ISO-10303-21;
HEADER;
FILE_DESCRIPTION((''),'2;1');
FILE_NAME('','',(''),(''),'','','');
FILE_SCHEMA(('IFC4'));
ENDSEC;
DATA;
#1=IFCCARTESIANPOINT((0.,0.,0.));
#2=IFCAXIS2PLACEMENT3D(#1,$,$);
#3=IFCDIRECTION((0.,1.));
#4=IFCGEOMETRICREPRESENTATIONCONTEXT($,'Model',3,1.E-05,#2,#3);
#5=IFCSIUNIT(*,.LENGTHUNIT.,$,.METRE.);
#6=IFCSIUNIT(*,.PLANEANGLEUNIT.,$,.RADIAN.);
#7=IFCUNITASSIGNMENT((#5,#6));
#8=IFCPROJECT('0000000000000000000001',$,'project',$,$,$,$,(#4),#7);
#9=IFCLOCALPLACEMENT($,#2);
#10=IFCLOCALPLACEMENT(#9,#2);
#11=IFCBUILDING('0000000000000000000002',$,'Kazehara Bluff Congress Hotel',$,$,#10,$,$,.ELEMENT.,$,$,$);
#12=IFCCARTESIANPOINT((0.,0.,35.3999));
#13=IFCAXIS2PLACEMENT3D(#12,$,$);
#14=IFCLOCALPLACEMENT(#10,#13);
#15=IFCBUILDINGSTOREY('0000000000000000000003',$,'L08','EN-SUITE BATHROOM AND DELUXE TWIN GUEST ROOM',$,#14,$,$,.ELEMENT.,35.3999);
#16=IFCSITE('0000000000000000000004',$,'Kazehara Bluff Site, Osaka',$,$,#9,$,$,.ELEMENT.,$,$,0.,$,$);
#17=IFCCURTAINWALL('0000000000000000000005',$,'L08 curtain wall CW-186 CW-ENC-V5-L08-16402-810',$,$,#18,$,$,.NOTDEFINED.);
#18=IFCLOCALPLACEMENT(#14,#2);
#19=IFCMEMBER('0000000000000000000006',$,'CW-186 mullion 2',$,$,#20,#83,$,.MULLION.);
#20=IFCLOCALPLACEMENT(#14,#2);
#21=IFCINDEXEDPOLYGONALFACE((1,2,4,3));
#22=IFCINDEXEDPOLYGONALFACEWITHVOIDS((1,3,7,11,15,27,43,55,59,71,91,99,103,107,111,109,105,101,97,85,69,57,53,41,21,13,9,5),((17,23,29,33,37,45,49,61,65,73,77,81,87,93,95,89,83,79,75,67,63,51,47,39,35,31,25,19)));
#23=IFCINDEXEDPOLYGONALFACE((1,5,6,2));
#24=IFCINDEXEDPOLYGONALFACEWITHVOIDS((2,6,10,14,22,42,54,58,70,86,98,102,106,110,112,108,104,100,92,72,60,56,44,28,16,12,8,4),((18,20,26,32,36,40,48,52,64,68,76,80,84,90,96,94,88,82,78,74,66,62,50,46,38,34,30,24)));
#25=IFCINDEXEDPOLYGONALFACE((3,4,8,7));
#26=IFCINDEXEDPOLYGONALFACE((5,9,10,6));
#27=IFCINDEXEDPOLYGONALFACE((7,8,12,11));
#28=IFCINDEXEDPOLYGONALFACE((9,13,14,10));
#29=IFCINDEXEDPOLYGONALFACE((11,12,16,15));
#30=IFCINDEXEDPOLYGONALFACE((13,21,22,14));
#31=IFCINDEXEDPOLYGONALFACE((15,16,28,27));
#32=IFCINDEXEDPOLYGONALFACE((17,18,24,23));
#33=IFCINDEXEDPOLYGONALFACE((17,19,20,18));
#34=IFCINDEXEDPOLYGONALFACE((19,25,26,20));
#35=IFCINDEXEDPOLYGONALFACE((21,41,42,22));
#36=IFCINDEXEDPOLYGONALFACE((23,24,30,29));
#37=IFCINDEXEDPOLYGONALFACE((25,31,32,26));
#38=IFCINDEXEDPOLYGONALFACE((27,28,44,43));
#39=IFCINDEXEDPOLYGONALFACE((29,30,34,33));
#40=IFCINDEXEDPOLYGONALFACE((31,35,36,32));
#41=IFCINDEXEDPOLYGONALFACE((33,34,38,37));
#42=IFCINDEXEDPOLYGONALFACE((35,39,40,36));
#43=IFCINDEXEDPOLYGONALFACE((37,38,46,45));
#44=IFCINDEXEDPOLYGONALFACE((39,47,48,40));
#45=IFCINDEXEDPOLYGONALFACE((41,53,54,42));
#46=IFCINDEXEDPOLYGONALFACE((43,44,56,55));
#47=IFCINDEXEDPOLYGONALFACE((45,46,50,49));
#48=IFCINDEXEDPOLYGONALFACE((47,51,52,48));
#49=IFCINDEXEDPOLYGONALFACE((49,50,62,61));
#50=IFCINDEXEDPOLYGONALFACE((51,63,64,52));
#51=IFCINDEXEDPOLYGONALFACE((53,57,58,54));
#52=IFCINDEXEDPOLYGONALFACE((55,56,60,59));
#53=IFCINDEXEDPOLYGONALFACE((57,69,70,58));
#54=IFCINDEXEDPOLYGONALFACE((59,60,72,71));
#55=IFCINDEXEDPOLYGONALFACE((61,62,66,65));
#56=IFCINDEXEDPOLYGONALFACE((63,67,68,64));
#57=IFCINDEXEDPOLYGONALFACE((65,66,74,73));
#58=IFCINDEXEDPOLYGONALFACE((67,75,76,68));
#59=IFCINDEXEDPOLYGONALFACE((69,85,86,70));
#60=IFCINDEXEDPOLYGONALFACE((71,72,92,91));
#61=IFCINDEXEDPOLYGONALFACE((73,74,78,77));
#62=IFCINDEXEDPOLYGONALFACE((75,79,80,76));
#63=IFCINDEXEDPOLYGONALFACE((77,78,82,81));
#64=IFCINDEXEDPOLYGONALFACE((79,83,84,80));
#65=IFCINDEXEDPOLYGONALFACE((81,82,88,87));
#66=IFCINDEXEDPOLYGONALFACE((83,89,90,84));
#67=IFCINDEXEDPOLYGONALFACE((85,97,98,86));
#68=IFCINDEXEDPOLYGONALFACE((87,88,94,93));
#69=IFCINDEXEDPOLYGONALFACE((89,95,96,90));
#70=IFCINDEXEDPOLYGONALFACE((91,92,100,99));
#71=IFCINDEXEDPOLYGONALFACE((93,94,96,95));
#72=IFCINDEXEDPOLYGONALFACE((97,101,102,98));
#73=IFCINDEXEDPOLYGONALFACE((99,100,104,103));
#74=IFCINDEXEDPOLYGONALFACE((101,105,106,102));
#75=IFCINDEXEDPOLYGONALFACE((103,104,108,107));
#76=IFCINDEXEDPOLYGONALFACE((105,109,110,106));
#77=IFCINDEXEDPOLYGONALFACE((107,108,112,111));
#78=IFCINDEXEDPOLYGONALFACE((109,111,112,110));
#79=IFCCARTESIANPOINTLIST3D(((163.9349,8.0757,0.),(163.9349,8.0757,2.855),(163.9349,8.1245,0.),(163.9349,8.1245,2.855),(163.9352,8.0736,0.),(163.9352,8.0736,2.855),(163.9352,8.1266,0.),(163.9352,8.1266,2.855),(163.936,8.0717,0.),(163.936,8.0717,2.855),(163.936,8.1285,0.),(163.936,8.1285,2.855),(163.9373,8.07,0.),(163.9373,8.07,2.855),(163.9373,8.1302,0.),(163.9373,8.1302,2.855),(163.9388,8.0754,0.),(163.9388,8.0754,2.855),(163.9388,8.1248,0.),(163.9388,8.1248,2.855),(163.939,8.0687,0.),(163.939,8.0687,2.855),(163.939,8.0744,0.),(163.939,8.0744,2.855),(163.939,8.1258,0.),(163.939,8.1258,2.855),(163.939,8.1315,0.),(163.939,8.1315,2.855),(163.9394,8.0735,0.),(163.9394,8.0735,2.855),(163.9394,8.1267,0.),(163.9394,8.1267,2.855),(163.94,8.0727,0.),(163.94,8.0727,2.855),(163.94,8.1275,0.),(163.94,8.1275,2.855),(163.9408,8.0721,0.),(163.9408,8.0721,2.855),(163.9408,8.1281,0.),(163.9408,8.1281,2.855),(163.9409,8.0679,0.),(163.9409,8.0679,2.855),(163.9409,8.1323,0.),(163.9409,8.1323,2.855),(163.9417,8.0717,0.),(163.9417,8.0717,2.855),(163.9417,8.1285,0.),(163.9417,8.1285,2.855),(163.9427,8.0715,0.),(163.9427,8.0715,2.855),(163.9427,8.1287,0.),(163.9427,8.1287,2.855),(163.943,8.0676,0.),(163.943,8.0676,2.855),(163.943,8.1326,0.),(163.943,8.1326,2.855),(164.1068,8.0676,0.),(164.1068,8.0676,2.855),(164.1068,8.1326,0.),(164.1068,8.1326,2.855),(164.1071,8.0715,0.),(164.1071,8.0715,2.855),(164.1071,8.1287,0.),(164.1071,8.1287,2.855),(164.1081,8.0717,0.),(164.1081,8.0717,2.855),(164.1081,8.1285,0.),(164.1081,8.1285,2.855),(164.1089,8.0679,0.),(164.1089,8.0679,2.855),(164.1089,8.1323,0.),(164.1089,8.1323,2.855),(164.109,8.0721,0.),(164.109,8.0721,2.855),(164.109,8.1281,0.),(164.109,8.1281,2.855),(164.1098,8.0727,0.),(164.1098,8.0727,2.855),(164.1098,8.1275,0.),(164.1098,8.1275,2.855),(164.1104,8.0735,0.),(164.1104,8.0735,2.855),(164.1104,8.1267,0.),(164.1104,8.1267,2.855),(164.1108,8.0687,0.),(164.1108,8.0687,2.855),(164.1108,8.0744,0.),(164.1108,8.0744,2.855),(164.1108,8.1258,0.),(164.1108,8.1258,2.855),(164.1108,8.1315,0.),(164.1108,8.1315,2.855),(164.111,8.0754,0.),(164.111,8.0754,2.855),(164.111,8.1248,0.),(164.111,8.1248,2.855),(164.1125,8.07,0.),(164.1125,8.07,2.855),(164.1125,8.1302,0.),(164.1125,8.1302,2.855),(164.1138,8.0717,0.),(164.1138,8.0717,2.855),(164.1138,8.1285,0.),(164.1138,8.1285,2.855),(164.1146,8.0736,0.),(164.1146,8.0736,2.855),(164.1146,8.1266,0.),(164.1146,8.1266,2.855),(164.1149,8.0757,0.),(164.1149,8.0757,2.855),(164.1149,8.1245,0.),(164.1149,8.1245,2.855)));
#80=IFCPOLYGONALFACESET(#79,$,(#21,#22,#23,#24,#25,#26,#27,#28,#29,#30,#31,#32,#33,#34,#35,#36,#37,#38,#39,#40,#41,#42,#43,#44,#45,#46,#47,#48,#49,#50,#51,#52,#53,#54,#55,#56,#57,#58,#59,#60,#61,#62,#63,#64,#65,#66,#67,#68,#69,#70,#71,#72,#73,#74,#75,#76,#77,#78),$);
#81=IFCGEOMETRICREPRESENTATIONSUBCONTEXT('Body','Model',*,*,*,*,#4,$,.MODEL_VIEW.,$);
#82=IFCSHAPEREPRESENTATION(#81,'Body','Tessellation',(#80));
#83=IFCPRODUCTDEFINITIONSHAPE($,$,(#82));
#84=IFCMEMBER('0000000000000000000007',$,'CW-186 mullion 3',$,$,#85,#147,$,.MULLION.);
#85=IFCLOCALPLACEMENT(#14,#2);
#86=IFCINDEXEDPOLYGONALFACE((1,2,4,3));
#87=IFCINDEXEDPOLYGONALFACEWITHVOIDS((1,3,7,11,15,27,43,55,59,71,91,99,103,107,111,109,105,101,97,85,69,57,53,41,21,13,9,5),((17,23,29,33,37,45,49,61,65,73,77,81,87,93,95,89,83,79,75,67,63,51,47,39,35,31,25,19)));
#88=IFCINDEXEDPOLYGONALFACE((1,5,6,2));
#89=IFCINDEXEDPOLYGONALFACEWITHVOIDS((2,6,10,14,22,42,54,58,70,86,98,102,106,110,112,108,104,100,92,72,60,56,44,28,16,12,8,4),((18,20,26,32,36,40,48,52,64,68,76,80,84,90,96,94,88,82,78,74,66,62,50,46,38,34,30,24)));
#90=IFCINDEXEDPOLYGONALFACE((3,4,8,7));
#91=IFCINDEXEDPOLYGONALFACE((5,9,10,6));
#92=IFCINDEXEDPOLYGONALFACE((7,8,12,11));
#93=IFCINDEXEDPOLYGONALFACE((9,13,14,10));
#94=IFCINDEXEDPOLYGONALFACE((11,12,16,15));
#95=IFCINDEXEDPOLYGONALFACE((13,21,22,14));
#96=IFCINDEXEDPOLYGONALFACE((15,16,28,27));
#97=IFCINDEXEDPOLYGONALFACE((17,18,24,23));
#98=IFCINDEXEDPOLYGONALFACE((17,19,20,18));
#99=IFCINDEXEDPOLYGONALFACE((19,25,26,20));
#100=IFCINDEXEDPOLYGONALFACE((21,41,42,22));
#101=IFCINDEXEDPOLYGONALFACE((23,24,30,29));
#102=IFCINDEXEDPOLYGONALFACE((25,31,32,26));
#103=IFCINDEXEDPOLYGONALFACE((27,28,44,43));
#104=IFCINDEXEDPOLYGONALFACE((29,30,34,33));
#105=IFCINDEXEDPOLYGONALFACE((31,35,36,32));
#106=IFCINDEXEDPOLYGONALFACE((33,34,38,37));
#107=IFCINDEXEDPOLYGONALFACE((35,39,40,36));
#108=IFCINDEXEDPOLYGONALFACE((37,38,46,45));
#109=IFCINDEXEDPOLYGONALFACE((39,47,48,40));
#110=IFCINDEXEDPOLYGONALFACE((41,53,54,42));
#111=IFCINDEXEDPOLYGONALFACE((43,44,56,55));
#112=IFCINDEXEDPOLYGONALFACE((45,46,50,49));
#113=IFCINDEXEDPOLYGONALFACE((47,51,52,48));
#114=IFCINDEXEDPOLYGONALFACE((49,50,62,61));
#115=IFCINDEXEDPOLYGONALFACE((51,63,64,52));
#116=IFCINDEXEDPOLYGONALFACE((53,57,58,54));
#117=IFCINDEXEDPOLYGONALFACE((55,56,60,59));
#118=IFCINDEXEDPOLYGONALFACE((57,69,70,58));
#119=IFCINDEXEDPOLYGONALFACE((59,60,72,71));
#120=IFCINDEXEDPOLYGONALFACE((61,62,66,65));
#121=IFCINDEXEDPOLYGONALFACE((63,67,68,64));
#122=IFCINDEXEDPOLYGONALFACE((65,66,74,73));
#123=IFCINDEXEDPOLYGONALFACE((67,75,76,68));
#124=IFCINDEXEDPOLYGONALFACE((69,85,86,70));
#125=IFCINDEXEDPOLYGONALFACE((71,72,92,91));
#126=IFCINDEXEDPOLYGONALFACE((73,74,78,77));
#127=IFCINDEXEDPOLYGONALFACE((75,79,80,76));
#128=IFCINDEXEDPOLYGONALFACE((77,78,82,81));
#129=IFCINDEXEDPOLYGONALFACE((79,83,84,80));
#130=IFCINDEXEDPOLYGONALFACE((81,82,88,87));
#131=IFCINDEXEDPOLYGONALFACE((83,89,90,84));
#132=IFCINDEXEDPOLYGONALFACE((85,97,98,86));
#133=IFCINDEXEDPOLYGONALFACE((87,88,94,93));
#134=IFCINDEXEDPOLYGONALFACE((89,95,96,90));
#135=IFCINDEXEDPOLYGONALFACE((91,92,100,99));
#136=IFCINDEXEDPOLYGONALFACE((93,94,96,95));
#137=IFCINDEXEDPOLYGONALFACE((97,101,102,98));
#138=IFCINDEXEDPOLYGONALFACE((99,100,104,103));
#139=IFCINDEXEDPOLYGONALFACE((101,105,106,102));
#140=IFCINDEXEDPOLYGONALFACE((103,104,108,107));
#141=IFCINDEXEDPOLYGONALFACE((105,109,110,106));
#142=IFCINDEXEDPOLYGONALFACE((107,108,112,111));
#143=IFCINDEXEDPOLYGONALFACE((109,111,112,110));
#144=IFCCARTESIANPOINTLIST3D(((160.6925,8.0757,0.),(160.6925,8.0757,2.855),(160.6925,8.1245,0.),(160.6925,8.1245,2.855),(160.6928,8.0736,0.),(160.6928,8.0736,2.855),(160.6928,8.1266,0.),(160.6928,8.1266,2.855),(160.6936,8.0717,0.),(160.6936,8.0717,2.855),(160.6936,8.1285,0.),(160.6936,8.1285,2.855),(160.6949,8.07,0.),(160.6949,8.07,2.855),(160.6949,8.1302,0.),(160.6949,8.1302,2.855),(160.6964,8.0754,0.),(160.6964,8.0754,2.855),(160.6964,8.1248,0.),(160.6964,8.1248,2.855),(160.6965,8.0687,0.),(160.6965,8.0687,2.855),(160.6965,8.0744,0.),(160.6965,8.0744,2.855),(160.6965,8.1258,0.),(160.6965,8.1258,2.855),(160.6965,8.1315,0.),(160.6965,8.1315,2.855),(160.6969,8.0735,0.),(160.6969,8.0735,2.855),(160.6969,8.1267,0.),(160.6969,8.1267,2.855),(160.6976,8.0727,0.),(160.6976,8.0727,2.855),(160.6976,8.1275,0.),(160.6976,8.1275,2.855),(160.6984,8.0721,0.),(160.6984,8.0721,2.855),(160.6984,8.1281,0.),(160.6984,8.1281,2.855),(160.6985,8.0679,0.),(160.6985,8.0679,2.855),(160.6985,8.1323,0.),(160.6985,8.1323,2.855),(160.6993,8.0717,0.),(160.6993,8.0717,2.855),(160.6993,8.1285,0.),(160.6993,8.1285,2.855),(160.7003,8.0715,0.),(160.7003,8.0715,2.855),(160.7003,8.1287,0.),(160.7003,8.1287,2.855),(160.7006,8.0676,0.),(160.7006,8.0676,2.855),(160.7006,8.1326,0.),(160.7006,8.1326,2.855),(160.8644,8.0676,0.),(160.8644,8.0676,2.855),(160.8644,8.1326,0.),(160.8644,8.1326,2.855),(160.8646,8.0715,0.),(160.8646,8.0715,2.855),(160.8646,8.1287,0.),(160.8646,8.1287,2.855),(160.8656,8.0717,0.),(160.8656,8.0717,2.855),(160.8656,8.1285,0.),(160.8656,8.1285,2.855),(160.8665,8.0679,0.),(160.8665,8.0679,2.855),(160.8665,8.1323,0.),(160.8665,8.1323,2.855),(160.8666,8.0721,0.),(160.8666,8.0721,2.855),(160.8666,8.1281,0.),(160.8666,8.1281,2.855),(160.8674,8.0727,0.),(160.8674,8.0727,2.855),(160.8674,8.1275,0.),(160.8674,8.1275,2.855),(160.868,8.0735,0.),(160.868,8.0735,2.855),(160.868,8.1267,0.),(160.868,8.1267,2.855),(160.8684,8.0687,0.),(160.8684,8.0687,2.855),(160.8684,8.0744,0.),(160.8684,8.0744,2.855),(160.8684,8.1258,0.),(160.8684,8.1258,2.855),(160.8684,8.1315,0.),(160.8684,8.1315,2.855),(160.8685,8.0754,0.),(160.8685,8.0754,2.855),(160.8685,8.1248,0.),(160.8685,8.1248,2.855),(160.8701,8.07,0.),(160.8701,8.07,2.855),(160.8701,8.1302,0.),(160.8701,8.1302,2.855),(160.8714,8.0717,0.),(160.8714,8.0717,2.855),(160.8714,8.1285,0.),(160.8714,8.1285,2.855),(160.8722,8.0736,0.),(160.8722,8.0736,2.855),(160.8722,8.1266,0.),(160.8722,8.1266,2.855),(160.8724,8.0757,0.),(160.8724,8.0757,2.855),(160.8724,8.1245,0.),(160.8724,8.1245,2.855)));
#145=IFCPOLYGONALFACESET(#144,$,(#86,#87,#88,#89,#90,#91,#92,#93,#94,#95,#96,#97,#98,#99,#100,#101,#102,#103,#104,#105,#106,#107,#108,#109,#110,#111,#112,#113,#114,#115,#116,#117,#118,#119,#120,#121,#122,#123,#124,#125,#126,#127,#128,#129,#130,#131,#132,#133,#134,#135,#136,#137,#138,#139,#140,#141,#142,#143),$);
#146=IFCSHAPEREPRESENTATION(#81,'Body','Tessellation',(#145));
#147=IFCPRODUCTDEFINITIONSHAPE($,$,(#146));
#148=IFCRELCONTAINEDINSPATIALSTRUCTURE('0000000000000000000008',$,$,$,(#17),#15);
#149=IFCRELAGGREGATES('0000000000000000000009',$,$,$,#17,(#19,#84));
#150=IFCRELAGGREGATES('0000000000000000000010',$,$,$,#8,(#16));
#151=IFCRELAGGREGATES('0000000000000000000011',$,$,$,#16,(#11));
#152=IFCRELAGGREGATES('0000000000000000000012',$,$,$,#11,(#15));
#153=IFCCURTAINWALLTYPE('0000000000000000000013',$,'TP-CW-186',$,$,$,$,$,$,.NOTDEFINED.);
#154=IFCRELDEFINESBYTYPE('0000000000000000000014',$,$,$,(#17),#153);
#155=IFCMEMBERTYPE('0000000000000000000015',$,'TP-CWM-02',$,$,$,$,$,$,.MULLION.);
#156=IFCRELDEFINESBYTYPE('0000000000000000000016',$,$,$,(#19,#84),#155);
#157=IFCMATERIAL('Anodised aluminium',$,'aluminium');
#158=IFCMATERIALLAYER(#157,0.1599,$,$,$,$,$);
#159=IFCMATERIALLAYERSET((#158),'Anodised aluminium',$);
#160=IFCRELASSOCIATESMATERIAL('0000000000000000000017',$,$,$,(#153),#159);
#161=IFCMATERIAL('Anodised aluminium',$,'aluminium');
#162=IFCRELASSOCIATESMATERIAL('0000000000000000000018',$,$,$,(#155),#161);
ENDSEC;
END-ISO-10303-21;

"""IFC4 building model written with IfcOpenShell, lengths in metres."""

from ifc_helpers import new_model, si_unit, direction, frame, origin, origin_2d, place, context, subcontext, project, spatial, hollow_rectangle, extrude, material, layer, layer_set, material_profile, profile_set, type_object, element, aggregate, save


model = new_model("IFC4")

# Units and contexts
model_context = context("Model", 3, precision=1e-05, world=origin(), true_north=direction((0.0, 1.0)))
body_context = subcontext(model_context, "Body", "Model", "MODEL_VIEW")
ifc_project = project(units=[si_unit("LENGTHUNIT", "METRE"), si_unit("PLANEANGLEUNIT", "RADIAN")], contexts=[model_context])

# Site, building, storey
site_placement = place(None, origin())
site = spatial("IfcSite", under=ifc_project, at=site_placement, Name="Kazehara Bluff Site, Osaka", CompositionType="ELEMENT", RefElevation=0.0)
building_placement = place(site_placement, origin())
building = spatial("IfcBuilding", under=site, at=building_placement, Name="Kazehara Bluff Congress Hotel", CompositionType="ELEMENT")
storey_placement = place(building_placement, frame((0.0, 0.0, 35.3999)))
storey = spatial("IfcBuildingStorey", under=building, at=storey_placement, Name="L08", Description="EN-SUITE BATHROOM AND DELUXE TWIN GUEST ROOM", CompositionType="ELEMENT", Elevation=35.3999)

# Curtain wall, members
ifc_material_1 = material(Name="Anodised aluminium", Category="aluminium")
ifc_layer_1 = layer(ifc_material_1, 0.1599)
ifc_layer_set_1 = layer_set([ifc_layer_1], Name="Anodised aluminium")
curtain_wall_type = type_object("IfcCurtainWallType", Name="TP-CW-186", PredefinedType="NOTDEFINED", material=ifc_layer_set_1)
curtain_wall_placement = place(storey_placement, origin())
curtain_wall = element("IfcCurtainWall", 1, at=curtain_wall_placement, inside=storey, type_object=curtain_wall_type, Name="L08 curtain wall CW-186 CW-ENC-V5-L08-16402-810", PredefinedType="NOTDEFINED")
ifc_material_2 = material(Name="Anodised aluminium", Category="aluminium")
ifc_material_profile_1 = material_profile(ifc_material_2, hollow_rectangle(XDim=0.0649, YDim=0.1799, WallThickness=0.0039, InnerFilletRadius=0.0039, OuterFilletRadius=0.0081, at=origin_2d()))
ifc_profile_set_1 = profile_set([ifc_material_profile_1], Name="Anodised aluminium")
member_type_1 = type_object("IfcMemberType", Name="TP-CWM-02", PredefinedType="MULLION", material=ifc_profile_set_1)
member_1_placement = place(storey_placement, frame((164.0249, 8.1001, 0.0), z_axis=(0.0, 0.0, 1.0), x_axis=(0.0, -1.0, 0.0)))
member_1 = element("IfcMember", 2, at=member_1_placement, type_object=member_type_1, Name="CW-186 mullion 2", PredefinedType="MULLION", context=body_context, shape_type="SweptSolid", body=[
    extrude(hollow_rectangle(XDim=0.0649, YDim=0.1799, WallThickness=0.0039, InnerFilletRadius=0.0039, OuterFilletRadius=0.0081, at=origin_2d()), origin(), (0.0, 0.0, 1.0), 2.855),
])
member_2_placement = place(storey_placement, frame((160.7825, 8.1001, 0.0), z_axis=(0.0, 0.0, 1.0), x_axis=(0.0, -1.0, 0.0)))
member_2 = element("IfcMember", 3, at=member_2_placement, type_object=member_type_1, Name="CW-186 mullion 3", PredefinedType="MULLION", context=body_context, shape_type="SweptSolid", body=[
    extrude(hollow_rectangle(XDim=0.0649, YDim=0.1799, WallThickness=0.0039, InnerFilletRadius=0.0039, OuterFilletRadius=0.0081, at=origin_2d()), origin(), (0.0, 0.0, 1.0), 2.855),
])

aggregate(curtain_wall, [member_1, member_2])

save(model, "model.ifc")
